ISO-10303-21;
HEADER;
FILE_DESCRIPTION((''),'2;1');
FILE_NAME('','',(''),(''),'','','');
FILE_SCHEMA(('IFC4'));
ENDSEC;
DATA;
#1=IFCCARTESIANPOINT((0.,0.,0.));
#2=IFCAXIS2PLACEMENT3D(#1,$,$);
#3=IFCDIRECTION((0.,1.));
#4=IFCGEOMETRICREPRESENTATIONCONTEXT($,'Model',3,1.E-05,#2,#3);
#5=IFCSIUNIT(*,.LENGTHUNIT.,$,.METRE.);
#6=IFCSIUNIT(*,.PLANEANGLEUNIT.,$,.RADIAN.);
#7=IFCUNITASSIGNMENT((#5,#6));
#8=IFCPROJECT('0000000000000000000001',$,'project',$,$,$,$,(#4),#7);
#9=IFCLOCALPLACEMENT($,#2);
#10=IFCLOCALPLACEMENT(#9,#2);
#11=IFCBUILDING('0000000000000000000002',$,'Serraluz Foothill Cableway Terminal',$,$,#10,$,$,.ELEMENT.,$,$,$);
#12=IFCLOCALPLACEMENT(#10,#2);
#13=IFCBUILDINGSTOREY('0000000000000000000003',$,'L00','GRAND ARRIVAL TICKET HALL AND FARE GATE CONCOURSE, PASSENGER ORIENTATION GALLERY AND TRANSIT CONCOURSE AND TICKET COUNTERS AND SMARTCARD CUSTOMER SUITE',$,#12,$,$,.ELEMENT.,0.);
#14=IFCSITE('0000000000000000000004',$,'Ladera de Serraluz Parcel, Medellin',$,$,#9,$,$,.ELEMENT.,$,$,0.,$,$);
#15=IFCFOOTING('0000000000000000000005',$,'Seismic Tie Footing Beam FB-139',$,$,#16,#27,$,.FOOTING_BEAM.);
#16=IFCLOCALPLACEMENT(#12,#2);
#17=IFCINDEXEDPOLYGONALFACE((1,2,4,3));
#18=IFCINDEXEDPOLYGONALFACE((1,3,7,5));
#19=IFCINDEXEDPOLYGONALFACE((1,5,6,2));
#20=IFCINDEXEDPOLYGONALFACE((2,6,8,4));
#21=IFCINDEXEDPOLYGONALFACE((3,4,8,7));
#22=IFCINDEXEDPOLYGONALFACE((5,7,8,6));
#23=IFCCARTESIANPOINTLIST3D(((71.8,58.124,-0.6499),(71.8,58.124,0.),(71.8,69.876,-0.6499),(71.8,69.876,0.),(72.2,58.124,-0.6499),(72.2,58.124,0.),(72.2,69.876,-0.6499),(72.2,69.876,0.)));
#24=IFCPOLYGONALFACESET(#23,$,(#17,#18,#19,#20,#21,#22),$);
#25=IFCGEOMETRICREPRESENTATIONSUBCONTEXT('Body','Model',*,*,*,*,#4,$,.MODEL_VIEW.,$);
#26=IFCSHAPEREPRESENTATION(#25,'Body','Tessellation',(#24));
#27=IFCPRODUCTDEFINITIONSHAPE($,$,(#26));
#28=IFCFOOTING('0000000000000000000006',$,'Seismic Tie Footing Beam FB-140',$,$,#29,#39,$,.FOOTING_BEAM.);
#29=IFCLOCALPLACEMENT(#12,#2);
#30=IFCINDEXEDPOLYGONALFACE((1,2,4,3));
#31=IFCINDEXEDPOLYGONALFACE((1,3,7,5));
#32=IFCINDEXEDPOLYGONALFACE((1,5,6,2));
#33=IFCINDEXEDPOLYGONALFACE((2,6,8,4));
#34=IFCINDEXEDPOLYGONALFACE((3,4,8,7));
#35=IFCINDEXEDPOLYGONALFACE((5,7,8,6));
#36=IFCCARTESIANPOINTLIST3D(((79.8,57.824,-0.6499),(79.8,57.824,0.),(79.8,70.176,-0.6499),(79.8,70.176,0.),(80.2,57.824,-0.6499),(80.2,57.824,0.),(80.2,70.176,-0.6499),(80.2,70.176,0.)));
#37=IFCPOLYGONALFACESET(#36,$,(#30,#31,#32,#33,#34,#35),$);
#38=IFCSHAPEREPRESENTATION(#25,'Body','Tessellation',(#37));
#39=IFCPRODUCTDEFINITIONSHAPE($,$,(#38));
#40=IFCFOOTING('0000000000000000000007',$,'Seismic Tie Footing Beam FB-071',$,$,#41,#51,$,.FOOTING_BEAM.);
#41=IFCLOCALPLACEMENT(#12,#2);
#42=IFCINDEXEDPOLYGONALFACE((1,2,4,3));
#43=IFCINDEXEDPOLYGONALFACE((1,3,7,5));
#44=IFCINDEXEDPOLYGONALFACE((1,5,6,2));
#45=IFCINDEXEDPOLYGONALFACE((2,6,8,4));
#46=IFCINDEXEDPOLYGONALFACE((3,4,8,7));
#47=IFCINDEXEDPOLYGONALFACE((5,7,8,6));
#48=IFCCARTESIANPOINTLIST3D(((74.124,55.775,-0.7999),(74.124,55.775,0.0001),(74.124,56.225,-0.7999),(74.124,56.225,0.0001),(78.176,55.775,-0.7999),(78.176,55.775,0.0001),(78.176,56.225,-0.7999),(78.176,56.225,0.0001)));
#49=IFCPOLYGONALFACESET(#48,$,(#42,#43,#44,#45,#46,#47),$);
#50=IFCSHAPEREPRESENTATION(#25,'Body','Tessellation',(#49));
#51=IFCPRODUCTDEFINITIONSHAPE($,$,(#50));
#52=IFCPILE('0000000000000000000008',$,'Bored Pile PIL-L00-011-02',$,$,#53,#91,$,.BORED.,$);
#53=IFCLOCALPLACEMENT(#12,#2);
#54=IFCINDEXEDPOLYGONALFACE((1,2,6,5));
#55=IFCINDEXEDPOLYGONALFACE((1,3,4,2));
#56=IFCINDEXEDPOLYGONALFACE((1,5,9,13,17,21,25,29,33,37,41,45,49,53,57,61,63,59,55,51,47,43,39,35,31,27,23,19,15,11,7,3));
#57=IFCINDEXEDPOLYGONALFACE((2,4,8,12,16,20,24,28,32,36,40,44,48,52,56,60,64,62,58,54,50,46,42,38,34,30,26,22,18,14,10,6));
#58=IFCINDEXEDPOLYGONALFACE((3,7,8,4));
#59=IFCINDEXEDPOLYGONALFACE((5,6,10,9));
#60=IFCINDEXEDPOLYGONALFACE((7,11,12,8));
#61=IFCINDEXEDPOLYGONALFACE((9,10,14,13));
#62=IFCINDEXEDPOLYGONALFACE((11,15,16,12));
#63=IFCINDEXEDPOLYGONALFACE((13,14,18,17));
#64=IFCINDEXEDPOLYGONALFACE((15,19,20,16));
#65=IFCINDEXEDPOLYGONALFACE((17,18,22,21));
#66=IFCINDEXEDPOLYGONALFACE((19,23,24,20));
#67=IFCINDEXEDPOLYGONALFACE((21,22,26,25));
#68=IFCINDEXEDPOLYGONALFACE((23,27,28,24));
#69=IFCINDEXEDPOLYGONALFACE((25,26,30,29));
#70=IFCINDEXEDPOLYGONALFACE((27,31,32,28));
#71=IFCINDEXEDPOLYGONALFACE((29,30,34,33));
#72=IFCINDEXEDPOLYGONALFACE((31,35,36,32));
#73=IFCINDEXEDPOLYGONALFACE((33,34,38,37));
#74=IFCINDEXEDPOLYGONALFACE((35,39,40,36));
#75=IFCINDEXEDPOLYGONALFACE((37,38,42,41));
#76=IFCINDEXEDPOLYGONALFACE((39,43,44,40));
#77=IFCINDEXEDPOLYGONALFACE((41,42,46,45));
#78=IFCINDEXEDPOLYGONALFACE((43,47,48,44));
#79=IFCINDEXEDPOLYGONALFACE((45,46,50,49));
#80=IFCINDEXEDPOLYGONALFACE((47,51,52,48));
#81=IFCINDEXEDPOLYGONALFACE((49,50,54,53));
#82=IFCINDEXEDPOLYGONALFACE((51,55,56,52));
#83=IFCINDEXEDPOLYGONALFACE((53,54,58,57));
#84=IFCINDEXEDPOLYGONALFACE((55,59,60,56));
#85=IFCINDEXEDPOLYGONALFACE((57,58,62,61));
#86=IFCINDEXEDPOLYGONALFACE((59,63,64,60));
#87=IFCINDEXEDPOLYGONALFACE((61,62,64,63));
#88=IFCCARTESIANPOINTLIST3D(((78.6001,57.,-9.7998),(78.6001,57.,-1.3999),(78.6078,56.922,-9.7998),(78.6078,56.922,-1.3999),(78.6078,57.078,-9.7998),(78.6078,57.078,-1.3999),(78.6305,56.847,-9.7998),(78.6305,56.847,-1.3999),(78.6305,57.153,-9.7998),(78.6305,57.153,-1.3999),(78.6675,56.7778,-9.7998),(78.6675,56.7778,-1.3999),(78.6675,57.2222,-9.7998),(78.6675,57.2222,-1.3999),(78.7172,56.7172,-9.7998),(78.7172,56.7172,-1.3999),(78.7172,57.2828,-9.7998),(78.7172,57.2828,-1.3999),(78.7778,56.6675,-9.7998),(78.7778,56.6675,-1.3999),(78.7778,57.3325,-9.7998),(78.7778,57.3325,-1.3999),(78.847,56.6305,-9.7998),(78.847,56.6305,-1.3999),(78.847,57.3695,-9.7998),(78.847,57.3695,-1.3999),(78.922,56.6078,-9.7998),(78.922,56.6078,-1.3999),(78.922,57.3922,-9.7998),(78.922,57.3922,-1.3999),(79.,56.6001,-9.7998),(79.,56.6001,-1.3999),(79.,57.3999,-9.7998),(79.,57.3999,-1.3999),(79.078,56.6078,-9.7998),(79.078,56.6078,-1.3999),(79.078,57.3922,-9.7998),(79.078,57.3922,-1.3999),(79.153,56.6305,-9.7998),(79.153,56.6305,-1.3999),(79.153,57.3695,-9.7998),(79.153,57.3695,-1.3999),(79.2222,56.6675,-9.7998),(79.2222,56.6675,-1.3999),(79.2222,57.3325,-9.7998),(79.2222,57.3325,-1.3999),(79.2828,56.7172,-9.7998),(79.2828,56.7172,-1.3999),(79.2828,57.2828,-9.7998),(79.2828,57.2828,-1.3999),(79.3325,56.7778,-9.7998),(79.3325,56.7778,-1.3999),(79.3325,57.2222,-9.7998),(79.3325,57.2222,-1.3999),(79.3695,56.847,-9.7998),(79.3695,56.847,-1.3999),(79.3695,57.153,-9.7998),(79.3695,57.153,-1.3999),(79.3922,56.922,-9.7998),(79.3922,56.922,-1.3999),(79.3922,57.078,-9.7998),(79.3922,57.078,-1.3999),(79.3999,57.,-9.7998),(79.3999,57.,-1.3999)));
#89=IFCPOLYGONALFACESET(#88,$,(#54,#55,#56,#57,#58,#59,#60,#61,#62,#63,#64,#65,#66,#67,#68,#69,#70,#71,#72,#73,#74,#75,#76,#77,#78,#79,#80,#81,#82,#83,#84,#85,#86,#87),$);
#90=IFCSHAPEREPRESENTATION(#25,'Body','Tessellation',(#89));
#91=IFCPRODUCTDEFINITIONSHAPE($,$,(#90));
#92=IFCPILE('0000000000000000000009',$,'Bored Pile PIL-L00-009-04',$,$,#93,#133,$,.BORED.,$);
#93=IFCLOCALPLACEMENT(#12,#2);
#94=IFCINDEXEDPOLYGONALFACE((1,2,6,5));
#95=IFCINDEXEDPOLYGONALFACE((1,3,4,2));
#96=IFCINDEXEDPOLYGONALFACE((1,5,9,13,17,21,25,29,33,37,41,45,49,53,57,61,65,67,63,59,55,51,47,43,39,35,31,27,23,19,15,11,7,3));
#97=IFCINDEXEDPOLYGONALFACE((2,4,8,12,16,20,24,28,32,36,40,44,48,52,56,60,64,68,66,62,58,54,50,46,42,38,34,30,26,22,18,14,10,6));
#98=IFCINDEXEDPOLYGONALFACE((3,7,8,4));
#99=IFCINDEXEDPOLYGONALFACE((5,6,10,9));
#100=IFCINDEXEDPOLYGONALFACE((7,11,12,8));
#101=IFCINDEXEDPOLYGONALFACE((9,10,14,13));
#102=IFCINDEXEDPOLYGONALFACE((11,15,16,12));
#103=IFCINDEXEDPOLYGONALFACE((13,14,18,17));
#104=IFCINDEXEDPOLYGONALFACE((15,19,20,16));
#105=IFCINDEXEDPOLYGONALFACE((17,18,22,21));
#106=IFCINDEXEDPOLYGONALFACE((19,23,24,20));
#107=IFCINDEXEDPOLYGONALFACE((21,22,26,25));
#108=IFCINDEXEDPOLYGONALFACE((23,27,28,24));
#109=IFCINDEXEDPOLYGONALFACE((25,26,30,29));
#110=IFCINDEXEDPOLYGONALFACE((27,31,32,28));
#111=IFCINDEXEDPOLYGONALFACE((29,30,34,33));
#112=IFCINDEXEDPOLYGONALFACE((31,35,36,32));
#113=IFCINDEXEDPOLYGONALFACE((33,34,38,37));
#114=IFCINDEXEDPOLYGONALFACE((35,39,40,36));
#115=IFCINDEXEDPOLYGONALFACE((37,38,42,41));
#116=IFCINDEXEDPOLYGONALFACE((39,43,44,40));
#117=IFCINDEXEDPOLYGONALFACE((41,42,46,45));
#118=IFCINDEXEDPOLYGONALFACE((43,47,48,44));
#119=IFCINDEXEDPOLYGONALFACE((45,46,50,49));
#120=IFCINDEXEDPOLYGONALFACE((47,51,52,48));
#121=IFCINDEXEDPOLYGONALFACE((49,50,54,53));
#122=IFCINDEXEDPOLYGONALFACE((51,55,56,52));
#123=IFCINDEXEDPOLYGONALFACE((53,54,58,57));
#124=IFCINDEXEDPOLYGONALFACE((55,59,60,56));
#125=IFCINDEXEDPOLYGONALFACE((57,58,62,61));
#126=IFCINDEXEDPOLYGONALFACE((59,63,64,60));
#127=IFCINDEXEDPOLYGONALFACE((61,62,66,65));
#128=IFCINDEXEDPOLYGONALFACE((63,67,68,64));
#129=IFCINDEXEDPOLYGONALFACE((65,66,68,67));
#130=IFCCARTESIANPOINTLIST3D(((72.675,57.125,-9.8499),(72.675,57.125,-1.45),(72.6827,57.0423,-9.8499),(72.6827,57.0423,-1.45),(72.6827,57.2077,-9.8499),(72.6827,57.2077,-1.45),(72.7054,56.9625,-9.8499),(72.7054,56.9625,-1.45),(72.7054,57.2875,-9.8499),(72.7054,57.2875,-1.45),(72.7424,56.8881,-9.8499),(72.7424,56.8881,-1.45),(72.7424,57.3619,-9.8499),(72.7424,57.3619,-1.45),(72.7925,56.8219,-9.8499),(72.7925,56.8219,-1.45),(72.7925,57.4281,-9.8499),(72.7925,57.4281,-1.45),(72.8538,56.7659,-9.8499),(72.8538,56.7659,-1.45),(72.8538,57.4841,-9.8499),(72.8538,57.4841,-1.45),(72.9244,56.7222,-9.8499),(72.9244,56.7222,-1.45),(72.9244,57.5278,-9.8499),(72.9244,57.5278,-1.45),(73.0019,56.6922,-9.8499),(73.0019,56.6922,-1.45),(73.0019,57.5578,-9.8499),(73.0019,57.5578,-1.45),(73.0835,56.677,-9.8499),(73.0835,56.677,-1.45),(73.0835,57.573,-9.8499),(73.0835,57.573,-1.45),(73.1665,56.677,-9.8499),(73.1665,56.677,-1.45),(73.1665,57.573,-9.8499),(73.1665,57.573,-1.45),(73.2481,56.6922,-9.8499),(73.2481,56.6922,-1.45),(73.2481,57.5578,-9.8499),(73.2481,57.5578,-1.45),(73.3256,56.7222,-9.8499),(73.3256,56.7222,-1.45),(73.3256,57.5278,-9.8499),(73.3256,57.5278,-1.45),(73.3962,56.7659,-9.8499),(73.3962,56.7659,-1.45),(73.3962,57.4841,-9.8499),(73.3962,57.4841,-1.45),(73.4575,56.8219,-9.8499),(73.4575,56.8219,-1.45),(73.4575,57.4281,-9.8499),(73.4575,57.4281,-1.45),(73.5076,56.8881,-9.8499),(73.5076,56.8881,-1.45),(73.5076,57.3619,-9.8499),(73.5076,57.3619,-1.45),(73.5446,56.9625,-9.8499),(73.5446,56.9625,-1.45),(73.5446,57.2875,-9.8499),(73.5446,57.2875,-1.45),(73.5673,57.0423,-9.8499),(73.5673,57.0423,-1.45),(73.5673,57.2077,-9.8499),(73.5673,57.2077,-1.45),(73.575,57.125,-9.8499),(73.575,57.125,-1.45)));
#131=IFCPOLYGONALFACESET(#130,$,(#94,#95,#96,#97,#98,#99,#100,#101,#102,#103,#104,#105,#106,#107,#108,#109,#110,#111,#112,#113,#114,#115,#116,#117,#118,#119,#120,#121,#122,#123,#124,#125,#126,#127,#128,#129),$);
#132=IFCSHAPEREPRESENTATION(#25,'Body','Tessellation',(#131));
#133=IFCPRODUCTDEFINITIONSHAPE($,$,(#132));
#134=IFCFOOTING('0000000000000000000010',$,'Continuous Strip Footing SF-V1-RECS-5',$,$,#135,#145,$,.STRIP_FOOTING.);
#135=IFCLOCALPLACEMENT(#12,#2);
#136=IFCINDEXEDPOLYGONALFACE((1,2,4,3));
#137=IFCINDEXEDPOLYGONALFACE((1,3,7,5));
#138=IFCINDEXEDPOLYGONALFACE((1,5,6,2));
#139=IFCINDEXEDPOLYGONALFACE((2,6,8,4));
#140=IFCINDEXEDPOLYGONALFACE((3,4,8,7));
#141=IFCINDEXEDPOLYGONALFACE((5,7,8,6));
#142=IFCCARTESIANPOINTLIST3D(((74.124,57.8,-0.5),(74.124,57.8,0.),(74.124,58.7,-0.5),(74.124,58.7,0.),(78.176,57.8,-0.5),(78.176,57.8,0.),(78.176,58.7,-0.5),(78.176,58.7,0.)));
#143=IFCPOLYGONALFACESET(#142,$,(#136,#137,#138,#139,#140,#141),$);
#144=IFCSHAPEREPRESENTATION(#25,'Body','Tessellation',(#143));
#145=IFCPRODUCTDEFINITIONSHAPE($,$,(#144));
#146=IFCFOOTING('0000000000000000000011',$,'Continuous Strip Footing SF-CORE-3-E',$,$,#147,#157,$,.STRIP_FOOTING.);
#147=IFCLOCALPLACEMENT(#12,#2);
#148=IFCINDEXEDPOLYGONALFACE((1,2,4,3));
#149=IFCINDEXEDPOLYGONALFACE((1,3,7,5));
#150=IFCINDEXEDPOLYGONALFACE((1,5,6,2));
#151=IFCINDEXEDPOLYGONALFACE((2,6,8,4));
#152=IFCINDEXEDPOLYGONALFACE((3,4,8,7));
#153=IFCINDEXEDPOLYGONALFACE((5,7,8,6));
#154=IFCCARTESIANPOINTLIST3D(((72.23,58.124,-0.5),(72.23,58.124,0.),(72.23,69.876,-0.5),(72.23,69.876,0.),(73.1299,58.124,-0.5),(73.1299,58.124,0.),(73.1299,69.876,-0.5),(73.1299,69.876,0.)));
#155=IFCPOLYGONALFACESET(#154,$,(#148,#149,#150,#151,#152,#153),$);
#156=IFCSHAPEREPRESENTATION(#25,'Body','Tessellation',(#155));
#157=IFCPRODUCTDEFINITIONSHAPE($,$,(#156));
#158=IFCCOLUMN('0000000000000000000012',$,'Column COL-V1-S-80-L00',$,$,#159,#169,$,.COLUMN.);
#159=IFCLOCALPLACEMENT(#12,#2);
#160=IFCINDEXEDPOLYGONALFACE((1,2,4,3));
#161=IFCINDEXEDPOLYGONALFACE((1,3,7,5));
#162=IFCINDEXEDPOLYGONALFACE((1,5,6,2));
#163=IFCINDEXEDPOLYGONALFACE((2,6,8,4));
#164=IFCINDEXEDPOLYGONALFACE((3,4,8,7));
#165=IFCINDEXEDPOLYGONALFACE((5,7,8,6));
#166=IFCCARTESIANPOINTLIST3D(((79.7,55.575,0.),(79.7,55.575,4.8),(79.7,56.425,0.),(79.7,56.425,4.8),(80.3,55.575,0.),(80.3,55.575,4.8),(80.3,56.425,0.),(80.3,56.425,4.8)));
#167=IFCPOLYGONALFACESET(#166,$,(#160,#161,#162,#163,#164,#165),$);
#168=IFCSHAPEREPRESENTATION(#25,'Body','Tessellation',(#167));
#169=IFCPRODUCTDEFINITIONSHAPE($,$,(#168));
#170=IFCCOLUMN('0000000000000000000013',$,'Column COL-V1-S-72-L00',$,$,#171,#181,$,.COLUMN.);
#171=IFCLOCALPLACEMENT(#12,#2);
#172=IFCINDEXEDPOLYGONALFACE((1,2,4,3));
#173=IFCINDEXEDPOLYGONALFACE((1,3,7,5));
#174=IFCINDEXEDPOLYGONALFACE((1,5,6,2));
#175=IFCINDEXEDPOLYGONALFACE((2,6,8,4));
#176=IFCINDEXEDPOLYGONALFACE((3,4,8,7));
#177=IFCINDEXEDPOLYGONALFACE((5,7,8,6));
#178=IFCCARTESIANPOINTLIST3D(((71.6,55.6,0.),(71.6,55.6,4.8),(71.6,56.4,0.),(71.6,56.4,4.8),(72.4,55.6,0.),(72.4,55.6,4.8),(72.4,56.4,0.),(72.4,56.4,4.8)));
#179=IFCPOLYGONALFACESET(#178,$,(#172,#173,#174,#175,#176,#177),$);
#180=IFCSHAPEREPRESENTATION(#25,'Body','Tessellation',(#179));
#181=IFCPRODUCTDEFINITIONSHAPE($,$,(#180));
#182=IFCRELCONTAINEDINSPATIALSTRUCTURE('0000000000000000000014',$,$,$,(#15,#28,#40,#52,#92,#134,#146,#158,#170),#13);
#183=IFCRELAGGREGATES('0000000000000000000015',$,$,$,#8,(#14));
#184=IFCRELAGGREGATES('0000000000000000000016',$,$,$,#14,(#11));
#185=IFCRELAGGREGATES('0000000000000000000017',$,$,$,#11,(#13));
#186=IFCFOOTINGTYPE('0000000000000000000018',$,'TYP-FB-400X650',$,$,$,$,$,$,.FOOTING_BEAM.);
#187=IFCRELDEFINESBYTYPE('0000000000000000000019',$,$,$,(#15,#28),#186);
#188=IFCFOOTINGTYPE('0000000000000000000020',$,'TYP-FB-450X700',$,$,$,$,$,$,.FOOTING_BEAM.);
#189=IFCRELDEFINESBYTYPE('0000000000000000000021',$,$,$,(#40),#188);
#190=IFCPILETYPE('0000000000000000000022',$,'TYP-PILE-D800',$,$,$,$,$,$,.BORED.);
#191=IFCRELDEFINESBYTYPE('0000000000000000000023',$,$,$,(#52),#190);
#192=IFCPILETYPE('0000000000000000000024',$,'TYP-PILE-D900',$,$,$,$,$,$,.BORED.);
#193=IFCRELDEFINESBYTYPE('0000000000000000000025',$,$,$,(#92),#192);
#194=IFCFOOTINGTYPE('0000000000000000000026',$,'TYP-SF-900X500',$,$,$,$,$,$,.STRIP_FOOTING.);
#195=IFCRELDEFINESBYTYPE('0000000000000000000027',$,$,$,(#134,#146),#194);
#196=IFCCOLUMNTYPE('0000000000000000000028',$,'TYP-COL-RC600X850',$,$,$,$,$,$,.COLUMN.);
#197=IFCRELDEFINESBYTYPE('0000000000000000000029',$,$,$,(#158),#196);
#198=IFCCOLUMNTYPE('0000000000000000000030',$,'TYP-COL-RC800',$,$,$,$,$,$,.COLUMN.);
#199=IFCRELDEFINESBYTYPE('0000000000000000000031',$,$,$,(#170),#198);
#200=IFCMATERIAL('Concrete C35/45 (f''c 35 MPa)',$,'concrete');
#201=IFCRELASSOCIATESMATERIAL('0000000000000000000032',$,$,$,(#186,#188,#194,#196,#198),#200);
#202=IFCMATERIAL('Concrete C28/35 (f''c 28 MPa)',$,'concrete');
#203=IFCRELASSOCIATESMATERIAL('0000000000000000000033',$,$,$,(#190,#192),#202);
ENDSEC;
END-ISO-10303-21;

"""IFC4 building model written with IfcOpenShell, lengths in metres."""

from ifc_helpers import new_model, si_unit, direction, frame, origin, origin_2d, place, context, subcontext, project, spatial, rectangle, circle, extrude, material, material_profile, profile_set, type_object, element, save


model = new_model("IFC4")

# Units and contexts
model_context = context("Model", 3, precision=1e-05, world=origin(), true_north=direction((0.0, 1.0)))
body_context = subcontext(model_context, "Body", "Model", "MODEL_VIEW")
ifc_project = project(units=[si_unit("LENGTHUNIT", "METRE"), si_unit("PLANEANGLEUNIT", "RADIAN")], contexts=[model_context])

# Site, building, storey
site_placement = place(None, origin())
site = spatial("IfcSite", under=ifc_project, at=site_placement, Name="Ladera de Serraluz Parcel, Medellin", CompositionType="ELEMENT", RefElevation=0.0)
building_placement = place(site_placement, origin())
building = spatial("IfcBuilding", under=site, at=building_placement, Name="Serraluz Foothill Cableway Terminal", CompositionType="ELEMENT")
storey_placement = place(building_placement, origin())
storey = spatial("IfcBuildingStorey", under=building, at=storey_placement, Name="L00", Description="GRAND ARRIVAL TICKET HALL AND FARE GATE CONCOURSE, PASSENGER ORIENTATION GALLERY AND TRANSIT CONCOURSE AND TICKET COUNTERS AND SMARTCARD CUSTOMER SUITE", CompositionType="ELEMENT", Elevation=0.0)

# Footings
ifc_material_1 = material(Name="Concrete C35/45 (f'c 35 MPa)", Category="concrete")
ifc_material_profile_1 = material_profile(ifc_material_1, rectangle(XDim=0.3999, YDim=0.6499, at=origin_2d()), Name="RC 400x650")
ifc_profile_set_1 = profile_set([ifc_material_profile_1], Name="Concrete C35/45 (f'c 35 MPa)")
footing_type_1 = type_object("IfcFootingType", Name="TYP-FB-400X650", PredefinedType="FOOTING_BEAM", material=ifc_profile_set_1)
footing_1_placement = place(storey_placement, frame((72.0, 58.124, -0.325), z_axis=(0.0, 1.0, 0.0), x_axis=(-1.0, 0.0, 0.0)))
element("IfcFooting", 1, at=footing_1_placement, inside=storey, type_object=footing_type_1, Name="Seismic Tie Footing Beam FB-139", PredefinedType="FOOTING_BEAM", context=body_context, shape_type="SweptSolid", body=[
    extrude(rectangle(XDim=0.3999, YDim=0.6499, at=origin_2d()), origin(), (0.0, 0.0, 1.0), 11.752),
])
footing_2_placement = place(storey_placement, frame((80.0, 57.824, -0.325), z_axis=(0.0, 1.0, 0.0), x_axis=(-1.0, 0.0, 0.0)))
element("IfcFooting", 2, at=footing_2_placement, inside=storey, type_object=footing_type_1, Name="Seismic Tie Footing Beam FB-140", PredefinedType="FOOTING_BEAM", context=body_context, shape_type="SweptSolid", body=[
    extrude(rectangle(XDim=0.3999, YDim=0.6499, at=origin_2d()), origin(), (0.0, 0.0, 1.0), 12.3521),
])
ifc_material_profile_2 = material_profile(ifc_material_1, rectangle(XDim=0.45, YDim=0.8, at=origin_2d()), Name="RC 450x800")
ifc_profile_set_2 = profile_set([ifc_material_profile_2], Name="Concrete C35/45 (f'c 35 MPa)")
footing_type_2 = type_object("IfcFootingType", Name="TYP-FB-450X700", PredefinedType="FOOTING_BEAM", material=ifc_profile_set_2)
footing_3_placement = place(storey_placement, frame((74.124, 56.0, -0.3999), z_axis=(1.0, 0.0, 0.0), x_axis=(0.0, 1.0, 0.0)))
element("IfcFooting", 3, at=footing_3_placement, inside=storey, type_object=footing_type_2, Name="Seismic Tie Footing Beam FB-071", PredefinedType="FOOTING_BEAM", context=body_context, shape_type="SweptSolid", body=[
    extrude(rectangle(XDim=0.45, YDim=0.8, at=origin_2d()), origin(), (0.0, 0.0, 1.0), 4.052),
])

# Piles
ifc_material_2 = material(Name="Concrete C28/35 (f'c 28 MPa)", Category="concrete")
ifc_material_profile_3 = material_profile(ifc_material_2, circle(Radius=0.3999, at=origin_2d()), Name="BORED PILE D800")
ifc_profile_set_3 = profile_set([ifc_material_profile_3], Name="Concrete C28/35 (f'c 28 MPa)")
pile_type_1 = type_object("IfcPileType", Name="TYP-PILE-D800", PredefinedType="BORED", material=ifc_profile_set_3)
pile_1_placement = place(storey_placement, frame((79.0, 57.0, -1.3999), z_axis=(0.0, 0.0, -1.0), x_axis=(1.0, 0.0, 0.0)))
element("IfcPile", 4, at=pile_1_placement, inside=storey, type_object=pile_type_1, Name="Bored Pile PIL-L00-011-02", PredefinedType="BORED", context=body_context, shape_type="SweptSolid", body=[
    extrude(circle(Radius=0.3999, at=origin_2d()), origin(), (0.0, 0.0, 1.0), 8.3999),
])
ifc_material_profile_4 = material_profile(ifc_material_2, circle(Radius=0.45, at=origin_2d()), Name="BORED PILE D900")
ifc_profile_set_4 = profile_set([ifc_material_profile_4], Name="Concrete C28/35 (f'c 28 MPa)")
pile_type_2 = type_object("IfcPileType", Name="TYP-PILE-D900", PredefinedType="BORED", material=ifc_profile_set_4)
pile_2_placement = place(storey_placement, frame((73.125, 57.125, -1.45), z_axis=(0.0, 0.0, -1.0), x_axis=(1.0, 0.0, 0.0)))
element("IfcPile", 5, at=pile_2_placement, inside=storey, type_object=pile_type_2, Name="Bored Pile PIL-L00-009-04", PredefinedType="BORED", context=body_context, shape_type="SweptSolid", body=[
    extrude(circle(Radius=0.45, at=origin_2d()), origin(), (0.0, 0.0, 1.0), 8.3999),
])

# Footings
ifc_material_profile_5 = material_profile(ifc_material_1, rectangle(XDim=0.8999, YDim=0.5, at=origin_2d()), Name="SF 900x500")
ifc_profile_set_5 = profile_set([ifc_material_profile_5], Name="Concrete C35/45 (f'c 35 MPa)")
footing_type_3 = type_object("IfcFootingType", Name="TYP-SF-900X500", PredefinedType="STRIP_FOOTING", material=ifc_profile_set_5)
footing_4_placement = place(storey_placement, frame((74.124, 58.25, -0.25), z_axis=(1.0, 0.0, 0.0), x_axis=(0.0, 1.0, 0.0)))
element("IfcFooting", 6, at=footing_4_placement, inside=storey, type_object=footing_type_3, Name="Continuous Strip Footing SF-V1-RECS-5", PredefinedType="STRIP_FOOTING", context=body_context, shape_type="SweptSolid", body=[
    extrude(rectangle(XDim=0.8999, YDim=0.5, at=origin_2d()), origin(), (0.0, 0.0, 1.0), 4.052),
])
footing_5_placement = place(storey_placement, frame((72.6799, 58.124, -0.25), z_axis=(0.0, 1.0, 0.0), x_axis=(-1.0, 0.0, 0.0)))
element("IfcFooting", 7, at=footing_5_placement, inside=storey, type_object=footing_type_3, Name="Continuous Strip Footing SF-CORE-3-E", PredefinedType="STRIP_FOOTING", context=body_context, shape_type="SweptSolid", body=[
    extrude(rectangle(XDim=0.8999, YDim=0.5, at=origin_2d()), origin(), (0.0, 0.0, 1.0), 11.752),
])

# Columns
ifc_material_profile_6 = material_profile(ifc_material_1, rectangle(XDim=0.6001, YDim=0.8501, at=origin_2d()), Name="RC 600x850")
ifc_profile_set_6 = profile_set([ifc_material_profile_6], Name="Concrete C35/45 (f'c 35 MPa)")
column_type_1 = type_object("IfcColumnType", Name="TYP-COL-RC600X850", PredefinedType="COLUMN", material=ifc_profile_set_6)
column_1_placement = place(storey_placement, frame((80.0, 56.0, 0.0), z_axis=(0.0, 0.0, 1.0), x_axis=(1.0, 0.0, 0.0)))
element("IfcColumn", 8, at=column_1_placement, inside=storey, type_object=column_type_1, Name="Column COL-V1-S-80-L00", PredefinedType="COLUMN", context=body_context, shape_type="SweptSolid", body=[
    extrude(rectangle(XDim=0.6001, YDim=0.8501, at=origin_2d()), origin(), (0.0, 0.0, 1.0), 4.8),
])
ifc_material_profile_7 = material_profile(ifc_material_1, rectangle(XDim=0.8, YDim=0.8, at=origin_2d()), Name="RC 800x800")
ifc_profile_set_7 = profile_set([ifc_material_profile_7], Name="Concrete C35/45 (f'c 35 MPa)")
column_type_2 = type_object("IfcColumnType", Name="TYP-COL-RC800", PredefinedType="COLUMN", material=ifc_profile_set_7)
column_2_placement = place(storey_placement, frame((72.0, 56.0, 0.0), z_axis=(0.0, 0.0, 1.0), x_axis=(1.0, 0.0, 0.0)))
element("IfcColumn", 9, at=column_2_placement, inside=storey, type_object=column_type_2, Name="Column COL-V1-S-72-L00", PredefinedType="COLUMN", context=body_context, shape_type="SweptSolid", body=[
    extrude(rectangle(XDim=0.8, YDim=0.8, at=origin_2d()), origin(), (0.0, 0.0, 1.0), 4.8),
])

save(model, "model.ifc")
